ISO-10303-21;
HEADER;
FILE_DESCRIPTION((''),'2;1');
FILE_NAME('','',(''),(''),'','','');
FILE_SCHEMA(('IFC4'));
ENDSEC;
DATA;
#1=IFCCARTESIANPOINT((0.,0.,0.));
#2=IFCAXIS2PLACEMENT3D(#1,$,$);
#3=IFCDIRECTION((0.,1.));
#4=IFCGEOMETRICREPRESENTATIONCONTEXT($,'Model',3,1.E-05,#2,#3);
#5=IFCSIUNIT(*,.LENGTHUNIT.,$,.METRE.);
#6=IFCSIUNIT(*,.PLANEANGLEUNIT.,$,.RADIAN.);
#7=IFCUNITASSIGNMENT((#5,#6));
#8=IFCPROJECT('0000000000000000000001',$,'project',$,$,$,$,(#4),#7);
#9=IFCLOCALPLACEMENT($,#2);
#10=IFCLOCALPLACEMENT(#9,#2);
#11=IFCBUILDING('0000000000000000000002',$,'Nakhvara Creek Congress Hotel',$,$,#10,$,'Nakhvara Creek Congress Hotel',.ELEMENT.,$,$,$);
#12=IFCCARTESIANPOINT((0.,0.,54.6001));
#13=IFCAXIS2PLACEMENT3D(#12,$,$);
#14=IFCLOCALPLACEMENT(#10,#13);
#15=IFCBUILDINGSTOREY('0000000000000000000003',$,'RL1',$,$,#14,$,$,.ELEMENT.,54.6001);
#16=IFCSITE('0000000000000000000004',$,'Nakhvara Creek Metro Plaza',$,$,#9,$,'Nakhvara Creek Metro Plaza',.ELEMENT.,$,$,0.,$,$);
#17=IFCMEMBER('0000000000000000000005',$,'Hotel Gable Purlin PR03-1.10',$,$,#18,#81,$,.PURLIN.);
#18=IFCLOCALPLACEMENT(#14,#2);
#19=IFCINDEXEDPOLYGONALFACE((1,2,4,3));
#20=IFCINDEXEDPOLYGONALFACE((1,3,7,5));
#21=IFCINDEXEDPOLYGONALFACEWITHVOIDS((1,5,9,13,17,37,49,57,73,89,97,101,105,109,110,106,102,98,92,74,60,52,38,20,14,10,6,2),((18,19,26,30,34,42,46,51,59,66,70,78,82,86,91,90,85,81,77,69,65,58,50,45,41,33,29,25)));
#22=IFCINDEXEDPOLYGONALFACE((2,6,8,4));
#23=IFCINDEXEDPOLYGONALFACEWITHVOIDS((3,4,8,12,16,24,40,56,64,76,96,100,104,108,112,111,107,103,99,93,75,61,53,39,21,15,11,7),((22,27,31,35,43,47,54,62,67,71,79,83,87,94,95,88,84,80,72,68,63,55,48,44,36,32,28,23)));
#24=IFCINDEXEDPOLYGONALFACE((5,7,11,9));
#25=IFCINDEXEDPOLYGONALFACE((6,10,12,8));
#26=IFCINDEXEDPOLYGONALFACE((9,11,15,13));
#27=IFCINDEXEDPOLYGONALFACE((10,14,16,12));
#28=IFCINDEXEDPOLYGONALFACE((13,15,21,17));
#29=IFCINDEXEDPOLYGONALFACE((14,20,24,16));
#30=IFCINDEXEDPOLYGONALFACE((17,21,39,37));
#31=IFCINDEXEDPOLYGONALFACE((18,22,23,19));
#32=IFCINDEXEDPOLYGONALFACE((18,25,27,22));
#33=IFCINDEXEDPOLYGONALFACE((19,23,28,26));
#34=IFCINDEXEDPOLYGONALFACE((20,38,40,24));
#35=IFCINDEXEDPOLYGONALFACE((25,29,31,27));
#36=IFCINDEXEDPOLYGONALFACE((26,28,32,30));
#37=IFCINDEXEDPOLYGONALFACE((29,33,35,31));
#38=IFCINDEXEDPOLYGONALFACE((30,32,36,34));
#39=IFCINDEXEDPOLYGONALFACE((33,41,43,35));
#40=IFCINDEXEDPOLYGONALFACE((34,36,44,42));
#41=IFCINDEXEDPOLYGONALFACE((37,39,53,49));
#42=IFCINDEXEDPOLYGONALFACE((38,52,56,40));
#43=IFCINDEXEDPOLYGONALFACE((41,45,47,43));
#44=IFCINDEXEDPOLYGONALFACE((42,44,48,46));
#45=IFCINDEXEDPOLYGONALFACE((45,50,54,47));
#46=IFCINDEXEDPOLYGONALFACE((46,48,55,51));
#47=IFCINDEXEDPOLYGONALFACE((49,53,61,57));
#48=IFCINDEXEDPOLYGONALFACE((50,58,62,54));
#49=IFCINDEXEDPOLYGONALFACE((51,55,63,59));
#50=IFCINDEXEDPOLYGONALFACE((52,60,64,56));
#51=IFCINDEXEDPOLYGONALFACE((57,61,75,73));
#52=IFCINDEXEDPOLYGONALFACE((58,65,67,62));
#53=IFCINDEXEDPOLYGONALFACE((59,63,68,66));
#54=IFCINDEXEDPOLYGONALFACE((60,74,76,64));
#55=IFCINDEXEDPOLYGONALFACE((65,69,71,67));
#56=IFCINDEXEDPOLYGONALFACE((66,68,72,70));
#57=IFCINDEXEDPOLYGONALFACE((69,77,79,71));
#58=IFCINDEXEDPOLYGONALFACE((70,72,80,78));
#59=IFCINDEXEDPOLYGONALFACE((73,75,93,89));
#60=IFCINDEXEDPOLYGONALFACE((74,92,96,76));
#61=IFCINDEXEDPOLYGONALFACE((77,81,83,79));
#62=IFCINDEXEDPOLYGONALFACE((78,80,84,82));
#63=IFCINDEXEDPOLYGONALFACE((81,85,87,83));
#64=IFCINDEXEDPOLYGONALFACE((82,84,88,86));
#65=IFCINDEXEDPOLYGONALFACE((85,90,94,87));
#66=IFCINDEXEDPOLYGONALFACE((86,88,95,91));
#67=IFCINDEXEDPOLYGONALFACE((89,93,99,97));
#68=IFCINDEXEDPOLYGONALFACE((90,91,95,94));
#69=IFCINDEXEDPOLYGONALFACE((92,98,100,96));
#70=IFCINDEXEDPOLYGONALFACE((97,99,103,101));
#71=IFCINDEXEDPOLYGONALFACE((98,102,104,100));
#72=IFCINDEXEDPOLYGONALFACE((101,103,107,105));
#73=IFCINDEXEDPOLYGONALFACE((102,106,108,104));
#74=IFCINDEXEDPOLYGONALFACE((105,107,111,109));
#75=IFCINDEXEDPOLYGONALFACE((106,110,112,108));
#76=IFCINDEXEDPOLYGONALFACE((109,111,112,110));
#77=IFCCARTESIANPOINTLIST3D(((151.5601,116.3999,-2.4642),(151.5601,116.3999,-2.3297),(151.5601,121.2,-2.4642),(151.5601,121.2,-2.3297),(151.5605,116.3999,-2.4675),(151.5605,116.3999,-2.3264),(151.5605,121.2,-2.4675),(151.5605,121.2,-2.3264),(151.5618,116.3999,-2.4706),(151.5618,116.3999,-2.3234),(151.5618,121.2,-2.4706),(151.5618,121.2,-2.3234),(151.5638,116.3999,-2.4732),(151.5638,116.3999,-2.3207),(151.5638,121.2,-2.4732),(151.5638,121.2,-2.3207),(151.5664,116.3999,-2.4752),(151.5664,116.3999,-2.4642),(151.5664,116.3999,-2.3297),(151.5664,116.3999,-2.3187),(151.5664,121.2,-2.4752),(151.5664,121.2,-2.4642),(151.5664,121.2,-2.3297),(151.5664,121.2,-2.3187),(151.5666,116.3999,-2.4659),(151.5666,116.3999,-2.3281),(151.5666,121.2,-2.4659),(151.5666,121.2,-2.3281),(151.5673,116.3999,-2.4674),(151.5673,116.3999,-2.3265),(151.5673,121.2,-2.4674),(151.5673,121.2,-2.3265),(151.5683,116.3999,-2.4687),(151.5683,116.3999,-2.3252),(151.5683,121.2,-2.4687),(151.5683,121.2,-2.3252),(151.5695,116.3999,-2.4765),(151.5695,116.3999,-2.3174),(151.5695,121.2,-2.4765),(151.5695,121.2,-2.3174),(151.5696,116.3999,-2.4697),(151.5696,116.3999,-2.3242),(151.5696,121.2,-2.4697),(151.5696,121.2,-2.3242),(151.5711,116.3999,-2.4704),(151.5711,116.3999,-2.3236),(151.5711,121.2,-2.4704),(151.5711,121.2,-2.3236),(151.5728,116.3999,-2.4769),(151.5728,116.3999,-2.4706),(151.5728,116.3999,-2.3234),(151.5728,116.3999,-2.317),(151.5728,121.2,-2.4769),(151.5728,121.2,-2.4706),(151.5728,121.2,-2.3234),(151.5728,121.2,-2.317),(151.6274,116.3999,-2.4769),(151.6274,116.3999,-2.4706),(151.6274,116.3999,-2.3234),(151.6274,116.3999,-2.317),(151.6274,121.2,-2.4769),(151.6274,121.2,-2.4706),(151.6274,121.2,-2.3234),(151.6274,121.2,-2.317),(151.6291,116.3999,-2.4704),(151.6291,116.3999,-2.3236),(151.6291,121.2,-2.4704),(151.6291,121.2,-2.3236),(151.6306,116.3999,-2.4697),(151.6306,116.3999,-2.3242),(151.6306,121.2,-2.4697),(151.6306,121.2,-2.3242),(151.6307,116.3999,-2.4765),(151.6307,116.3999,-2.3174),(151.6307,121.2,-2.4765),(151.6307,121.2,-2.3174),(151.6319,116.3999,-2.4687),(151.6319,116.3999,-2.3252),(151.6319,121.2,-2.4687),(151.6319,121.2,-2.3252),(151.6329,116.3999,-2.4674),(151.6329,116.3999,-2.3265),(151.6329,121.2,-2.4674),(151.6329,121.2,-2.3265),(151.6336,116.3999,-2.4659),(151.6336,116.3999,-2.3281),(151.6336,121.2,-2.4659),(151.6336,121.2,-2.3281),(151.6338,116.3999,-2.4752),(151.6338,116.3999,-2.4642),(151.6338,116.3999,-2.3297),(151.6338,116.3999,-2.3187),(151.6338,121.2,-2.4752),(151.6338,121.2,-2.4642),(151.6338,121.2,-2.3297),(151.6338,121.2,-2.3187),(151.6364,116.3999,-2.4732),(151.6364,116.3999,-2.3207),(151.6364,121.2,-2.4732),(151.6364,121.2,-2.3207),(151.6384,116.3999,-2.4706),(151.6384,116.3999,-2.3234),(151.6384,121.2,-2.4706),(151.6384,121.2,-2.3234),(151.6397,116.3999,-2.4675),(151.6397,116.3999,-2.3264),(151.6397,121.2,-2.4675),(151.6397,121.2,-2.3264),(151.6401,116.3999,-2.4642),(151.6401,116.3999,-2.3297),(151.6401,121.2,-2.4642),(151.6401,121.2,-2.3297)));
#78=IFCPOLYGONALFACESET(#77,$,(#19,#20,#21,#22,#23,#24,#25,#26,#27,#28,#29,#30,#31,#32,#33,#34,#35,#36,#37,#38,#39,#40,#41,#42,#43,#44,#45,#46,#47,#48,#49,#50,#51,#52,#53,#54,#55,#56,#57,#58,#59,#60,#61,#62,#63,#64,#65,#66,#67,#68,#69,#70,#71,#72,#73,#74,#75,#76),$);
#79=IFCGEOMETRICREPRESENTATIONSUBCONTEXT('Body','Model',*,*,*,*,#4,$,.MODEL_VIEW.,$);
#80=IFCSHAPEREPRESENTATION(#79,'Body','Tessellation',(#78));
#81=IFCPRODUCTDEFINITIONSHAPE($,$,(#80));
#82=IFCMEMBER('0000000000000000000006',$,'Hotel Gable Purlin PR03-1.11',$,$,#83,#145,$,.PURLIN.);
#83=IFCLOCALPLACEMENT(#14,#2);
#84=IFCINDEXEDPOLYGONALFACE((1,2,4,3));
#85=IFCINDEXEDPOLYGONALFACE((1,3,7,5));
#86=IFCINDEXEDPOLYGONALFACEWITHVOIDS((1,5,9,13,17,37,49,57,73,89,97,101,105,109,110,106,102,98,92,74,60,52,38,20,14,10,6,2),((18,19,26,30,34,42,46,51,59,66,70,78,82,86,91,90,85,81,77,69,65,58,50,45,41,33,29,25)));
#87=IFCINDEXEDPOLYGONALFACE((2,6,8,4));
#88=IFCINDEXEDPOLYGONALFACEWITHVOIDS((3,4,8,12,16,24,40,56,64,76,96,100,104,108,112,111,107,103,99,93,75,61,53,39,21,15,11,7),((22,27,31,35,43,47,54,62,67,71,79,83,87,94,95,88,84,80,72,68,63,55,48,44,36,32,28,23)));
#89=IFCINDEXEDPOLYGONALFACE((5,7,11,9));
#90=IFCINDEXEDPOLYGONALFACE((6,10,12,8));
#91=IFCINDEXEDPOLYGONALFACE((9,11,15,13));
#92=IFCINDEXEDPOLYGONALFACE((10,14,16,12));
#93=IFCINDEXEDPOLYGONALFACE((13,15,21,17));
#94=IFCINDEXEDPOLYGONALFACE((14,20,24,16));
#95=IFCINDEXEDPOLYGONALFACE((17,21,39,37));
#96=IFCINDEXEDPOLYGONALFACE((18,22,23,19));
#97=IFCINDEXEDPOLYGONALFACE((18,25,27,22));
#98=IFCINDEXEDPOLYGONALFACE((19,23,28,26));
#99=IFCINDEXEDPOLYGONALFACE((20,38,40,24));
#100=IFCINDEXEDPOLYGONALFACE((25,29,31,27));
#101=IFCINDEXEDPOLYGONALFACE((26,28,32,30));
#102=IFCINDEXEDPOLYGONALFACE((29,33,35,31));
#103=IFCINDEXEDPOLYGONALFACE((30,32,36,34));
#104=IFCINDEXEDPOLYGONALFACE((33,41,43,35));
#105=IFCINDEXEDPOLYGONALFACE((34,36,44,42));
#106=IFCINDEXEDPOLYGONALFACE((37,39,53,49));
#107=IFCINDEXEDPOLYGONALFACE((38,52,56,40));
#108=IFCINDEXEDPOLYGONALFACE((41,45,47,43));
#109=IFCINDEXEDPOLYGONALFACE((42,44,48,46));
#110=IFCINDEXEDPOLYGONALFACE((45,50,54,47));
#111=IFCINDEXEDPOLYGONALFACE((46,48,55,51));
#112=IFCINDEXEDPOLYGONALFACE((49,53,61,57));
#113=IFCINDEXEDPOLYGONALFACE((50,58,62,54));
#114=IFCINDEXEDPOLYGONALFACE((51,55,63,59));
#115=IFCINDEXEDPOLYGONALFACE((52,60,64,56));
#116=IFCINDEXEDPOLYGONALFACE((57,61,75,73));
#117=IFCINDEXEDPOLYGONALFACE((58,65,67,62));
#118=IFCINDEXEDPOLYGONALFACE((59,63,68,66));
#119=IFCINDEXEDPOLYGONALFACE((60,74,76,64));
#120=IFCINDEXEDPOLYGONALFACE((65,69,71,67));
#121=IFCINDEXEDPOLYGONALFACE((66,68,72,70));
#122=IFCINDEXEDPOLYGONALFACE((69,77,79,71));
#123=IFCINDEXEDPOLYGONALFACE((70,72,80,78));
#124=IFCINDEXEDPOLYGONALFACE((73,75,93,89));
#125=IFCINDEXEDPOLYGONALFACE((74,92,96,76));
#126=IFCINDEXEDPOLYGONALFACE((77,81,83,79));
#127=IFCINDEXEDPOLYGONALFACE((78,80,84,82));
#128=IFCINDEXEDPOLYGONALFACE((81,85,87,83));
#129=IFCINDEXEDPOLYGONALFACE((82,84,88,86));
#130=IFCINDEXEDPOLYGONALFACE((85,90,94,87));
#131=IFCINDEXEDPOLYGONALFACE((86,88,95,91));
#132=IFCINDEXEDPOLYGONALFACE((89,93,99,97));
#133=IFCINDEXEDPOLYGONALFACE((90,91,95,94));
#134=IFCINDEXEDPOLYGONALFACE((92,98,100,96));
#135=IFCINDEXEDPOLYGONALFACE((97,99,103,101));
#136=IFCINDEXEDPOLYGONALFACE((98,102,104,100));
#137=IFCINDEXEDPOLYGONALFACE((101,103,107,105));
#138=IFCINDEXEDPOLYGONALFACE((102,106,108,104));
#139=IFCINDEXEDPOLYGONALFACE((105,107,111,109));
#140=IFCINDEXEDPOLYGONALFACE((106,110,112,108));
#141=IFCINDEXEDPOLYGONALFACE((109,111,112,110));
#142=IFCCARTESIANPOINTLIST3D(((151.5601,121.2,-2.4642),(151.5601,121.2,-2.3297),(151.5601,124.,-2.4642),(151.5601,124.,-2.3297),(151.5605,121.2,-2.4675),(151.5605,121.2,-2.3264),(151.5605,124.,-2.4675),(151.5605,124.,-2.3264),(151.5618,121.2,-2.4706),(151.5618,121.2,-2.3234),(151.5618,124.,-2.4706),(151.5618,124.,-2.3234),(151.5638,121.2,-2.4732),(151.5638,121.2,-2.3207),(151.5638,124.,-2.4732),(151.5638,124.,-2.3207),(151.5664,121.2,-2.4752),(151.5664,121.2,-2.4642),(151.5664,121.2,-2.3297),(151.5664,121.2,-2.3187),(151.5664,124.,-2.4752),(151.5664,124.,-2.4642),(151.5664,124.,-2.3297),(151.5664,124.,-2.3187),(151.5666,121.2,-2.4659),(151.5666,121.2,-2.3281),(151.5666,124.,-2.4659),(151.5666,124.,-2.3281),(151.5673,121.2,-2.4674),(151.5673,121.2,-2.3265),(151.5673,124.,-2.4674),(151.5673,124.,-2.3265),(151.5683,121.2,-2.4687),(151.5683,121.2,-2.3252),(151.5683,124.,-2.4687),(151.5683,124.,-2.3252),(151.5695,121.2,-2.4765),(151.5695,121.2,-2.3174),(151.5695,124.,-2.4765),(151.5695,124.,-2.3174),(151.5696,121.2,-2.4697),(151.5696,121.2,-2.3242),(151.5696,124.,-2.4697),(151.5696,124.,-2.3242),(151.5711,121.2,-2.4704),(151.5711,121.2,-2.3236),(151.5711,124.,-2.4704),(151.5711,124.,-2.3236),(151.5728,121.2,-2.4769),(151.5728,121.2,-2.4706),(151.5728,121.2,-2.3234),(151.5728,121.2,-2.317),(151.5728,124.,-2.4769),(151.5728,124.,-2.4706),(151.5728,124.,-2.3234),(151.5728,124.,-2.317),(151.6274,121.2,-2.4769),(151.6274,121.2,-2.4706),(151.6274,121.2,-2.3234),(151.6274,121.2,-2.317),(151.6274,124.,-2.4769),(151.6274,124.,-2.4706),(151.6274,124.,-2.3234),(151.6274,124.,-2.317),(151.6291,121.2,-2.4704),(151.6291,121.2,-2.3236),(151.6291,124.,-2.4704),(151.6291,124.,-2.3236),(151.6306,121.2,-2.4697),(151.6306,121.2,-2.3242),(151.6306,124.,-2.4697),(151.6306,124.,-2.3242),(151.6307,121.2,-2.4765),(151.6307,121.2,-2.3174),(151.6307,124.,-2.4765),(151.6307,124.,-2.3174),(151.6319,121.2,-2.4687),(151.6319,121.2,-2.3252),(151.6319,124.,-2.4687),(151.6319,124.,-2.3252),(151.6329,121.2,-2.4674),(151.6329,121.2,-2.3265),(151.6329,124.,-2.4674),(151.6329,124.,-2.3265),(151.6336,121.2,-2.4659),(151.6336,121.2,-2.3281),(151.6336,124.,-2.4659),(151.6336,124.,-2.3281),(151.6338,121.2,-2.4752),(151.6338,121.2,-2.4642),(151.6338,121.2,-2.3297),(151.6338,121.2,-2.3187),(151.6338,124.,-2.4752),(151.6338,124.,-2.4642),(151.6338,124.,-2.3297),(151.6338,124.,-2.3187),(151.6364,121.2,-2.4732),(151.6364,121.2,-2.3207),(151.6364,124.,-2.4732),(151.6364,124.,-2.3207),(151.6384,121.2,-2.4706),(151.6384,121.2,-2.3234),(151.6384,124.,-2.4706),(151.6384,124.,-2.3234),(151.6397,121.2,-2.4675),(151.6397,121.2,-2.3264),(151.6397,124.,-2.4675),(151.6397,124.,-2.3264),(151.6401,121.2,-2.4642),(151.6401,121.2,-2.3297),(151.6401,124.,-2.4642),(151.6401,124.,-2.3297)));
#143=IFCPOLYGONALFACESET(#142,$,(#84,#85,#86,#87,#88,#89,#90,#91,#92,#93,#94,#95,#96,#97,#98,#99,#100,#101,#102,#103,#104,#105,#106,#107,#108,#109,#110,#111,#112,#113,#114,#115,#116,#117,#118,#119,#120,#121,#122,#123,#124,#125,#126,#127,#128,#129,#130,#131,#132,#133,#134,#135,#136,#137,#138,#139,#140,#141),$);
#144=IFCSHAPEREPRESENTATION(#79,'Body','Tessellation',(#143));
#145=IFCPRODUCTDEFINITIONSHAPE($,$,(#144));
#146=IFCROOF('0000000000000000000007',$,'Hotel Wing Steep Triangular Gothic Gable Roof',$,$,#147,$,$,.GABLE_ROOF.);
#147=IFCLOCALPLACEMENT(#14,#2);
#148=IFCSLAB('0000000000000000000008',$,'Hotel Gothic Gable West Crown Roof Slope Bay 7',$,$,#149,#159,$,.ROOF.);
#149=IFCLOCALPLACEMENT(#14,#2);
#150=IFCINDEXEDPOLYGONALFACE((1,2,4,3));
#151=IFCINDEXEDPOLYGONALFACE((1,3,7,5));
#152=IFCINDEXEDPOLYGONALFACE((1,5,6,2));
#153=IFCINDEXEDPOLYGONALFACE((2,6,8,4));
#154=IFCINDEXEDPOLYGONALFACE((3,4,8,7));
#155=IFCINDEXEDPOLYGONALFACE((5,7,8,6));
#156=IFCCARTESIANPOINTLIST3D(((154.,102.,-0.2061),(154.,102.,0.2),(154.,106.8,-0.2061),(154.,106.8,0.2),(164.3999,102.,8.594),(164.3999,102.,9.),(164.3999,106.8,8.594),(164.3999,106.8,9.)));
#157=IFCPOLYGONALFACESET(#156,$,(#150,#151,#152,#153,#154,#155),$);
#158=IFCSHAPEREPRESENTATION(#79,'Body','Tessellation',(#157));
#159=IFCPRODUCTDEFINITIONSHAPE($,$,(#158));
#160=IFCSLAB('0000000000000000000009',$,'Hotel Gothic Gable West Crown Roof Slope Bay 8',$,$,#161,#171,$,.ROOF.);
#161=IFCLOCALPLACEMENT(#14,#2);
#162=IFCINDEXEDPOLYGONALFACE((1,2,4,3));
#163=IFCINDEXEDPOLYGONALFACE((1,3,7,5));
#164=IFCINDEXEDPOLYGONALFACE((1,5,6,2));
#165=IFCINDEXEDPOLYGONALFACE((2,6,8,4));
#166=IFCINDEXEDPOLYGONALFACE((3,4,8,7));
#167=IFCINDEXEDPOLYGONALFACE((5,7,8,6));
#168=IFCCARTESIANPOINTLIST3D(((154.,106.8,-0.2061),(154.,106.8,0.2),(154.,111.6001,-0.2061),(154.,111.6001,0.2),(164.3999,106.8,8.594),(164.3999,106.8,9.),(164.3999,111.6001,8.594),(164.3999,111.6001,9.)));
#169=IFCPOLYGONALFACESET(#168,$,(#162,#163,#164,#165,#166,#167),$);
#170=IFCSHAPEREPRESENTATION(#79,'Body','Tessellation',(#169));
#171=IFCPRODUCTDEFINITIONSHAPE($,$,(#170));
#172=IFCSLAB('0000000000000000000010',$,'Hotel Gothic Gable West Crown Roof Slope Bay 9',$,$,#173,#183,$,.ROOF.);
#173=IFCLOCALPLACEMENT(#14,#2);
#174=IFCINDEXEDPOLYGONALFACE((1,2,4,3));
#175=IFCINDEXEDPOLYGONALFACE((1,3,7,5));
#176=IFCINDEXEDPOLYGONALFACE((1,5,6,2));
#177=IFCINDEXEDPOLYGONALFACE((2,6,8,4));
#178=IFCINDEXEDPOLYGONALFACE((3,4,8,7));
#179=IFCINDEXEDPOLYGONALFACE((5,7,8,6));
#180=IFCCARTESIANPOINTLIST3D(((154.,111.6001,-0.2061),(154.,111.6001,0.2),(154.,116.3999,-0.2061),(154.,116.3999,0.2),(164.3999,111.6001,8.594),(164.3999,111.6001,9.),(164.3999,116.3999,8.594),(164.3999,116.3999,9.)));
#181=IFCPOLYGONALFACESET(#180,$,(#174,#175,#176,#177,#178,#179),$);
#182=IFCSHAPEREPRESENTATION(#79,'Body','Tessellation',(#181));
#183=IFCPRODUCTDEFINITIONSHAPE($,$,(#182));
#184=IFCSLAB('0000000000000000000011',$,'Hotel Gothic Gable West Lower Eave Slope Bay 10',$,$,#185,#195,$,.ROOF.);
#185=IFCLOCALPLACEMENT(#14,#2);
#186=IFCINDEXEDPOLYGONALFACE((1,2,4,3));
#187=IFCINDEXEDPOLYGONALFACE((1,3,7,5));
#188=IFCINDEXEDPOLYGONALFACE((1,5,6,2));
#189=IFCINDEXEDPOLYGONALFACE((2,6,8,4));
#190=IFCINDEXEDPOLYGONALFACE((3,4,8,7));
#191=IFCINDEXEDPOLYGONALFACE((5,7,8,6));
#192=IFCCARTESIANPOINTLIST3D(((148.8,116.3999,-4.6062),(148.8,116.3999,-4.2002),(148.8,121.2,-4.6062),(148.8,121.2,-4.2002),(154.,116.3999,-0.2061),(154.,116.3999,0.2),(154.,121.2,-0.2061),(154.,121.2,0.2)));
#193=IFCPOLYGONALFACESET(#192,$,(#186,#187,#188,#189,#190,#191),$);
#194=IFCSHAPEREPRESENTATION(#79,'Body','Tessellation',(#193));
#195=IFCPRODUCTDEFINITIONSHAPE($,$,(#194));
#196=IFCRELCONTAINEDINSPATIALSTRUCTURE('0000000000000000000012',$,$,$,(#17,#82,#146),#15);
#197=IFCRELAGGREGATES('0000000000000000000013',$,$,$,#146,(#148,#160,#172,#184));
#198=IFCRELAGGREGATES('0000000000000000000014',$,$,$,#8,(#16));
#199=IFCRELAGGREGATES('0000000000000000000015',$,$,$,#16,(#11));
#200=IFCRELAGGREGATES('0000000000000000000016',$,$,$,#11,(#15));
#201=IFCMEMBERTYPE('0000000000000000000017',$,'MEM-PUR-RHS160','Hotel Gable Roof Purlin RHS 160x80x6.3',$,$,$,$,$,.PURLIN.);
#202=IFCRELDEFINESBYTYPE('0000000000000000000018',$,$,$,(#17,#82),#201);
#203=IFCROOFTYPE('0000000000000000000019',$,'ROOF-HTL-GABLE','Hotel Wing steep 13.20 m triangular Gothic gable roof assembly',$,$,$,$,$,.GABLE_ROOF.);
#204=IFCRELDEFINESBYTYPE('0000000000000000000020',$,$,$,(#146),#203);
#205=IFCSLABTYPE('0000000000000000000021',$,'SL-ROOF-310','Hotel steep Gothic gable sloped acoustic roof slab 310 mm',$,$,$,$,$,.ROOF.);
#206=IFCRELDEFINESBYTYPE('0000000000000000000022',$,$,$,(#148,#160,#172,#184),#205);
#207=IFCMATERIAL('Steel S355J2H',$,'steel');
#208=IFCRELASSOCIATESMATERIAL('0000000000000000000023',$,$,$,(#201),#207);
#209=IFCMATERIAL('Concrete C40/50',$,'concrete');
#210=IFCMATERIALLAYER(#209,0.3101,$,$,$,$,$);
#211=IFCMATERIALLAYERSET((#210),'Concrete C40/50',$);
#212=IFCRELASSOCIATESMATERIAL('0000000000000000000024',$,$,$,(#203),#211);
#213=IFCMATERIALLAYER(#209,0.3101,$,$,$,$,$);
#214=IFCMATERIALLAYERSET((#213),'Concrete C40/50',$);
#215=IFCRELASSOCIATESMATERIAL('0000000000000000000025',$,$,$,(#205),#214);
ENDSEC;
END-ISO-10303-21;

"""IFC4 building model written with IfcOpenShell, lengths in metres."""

from ifc_helpers import new_model, si_unit, direction, frame, origin, origin_2d, place, context, subcontext, project, spatial, polyline, hollow_rectangle, outline, extrude, material, layer, layer_set, material_profile, profile_set, type_object, element, aggregate, save


model = new_model("IFC4")

# Units and contexts
model_context = context("Model", 3, precision=1e-05, world=origin(), true_north=direction((0.0, 1.0)))
body_context = subcontext(model_context, "Body", "Model", "MODEL_VIEW")
ifc_project = project(units=[si_unit("LENGTHUNIT", "METRE"), si_unit("PLANEANGLEUNIT", "RADIAN")], contexts=[model_context])

# Site, building, storey
site_placement = place(None, origin())
site = spatial("IfcSite", under=ifc_project, at=site_placement, Name="Nakhvara Creek Metro Plaza", LongName="Nakhvara Creek Metro Plaza", CompositionType="ELEMENT", RefElevation=0.0)
building_placement = place(site_placement, origin())
building = spatial("IfcBuilding", under=site, at=building_placement, Name="Nakhvara Creek Congress Hotel", LongName="Nakhvara Creek Congress Hotel", CompositionType="ELEMENT")
storey_placement = place(building_placement, frame((0.0, 0.0, 54.6001)))
storey = spatial("IfcBuildingStorey", under=building, at=storey_placement, Name="RL1", CompositionType="ELEMENT", Elevation=54.6001)

# Members
ifc_material_1 = material(Name="Steel S355J2H", Category="steel")
ifc_material_profile_1 = material_profile(ifc_material_1, hollow_rectangle(XDim=0.0801, YDim=0.1599, WallThickness=0.0063, InnerFilletRadius=0.0063, OuterFilletRadius=0.0127, at=origin_2d()), Name="RHS 160x80x6.3", Category="LoadBearing")
ifc_profile_set_1 = profile_set([ifc_material_profile_1], Name="Steel S355J2H")
member_type = type_object("IfcMemberType", Name="MEM-PUR-RHS160", Description="Hotel Gable Roof Purlin RHS 160x80x6.3", PredefinedType="PURLIN", material=ifc_profile_set_1)
member_1_placement = place(storey_placement, frame((151.6001, 116.3999, -2.397), z_axis=(0.0, 1.0, 0.0), x_axis=(-1.0, 0.0, 0.0)))
element("IfcMember", 1, at=member_1_placement, inside=storey, type_object=member_type, Name="Hotel Gable Purlin PR03-1.10", PredefinedType="PURLIN", context=body_context, shape_type="SweptSolid", body=[
    extrude(hollow_rectangle(XDim=0.0801, YDim=0.1599, WallThickness=0.0063, InnerFilletRadius=0.0063, OuterFilletRadius=0.0127, at=origin_2d()), origin(), (0.0, 0.0, 1.0), 4.8),
])
member_2_placement = place(storey_placement, frame((151.6001, 121.2, -2.397), z_axis=(0.0, 1.0, 0.0), x_axis=(-1.0, 0.0, 0.0)))
element("IfcMember", 2, at=member_2_placement, inside=storey, type_object=member_type, Name="Hotel Gable Purlin PR03-1.11", PredefinedType="PURLIN", context=body_context, shape_type="SweptSolid", body=[
    extrude(hollow_rectangle(XDim=0.0801, YDim=0.1599, WallThickness=0.0063, InnerFilletRadius=0.0063, OuterFilletRadius=0.0127, at=origin_2d()), origin(), (0.0, 0.0, 1.0), 2.8),
])

# Roof, slabs
ifc_material_2 = material(Name="Concrete C40/50", Category="concrete")
ifc_layer_1 = layer(ifc_material_2, 0.3101)
ifc_layer_set_1 = layer_set([ifc_layer_1], Name="Concrete C40/50")
roof_type = type_object("IfcRoofType", Name="ROOF-HTL-GABLE", Description="Hotel Wing steep 13.20 m triangular Gothic gable roof assembly", PredefinedType="GABLE_ROOF", material=ifc_layer_set_1)
roof_placement = place(storey_placement, origin())
roof = element("IfcRoof", 3, at=roof_placement, inside=storey, type_object=roof_type, Name="Hotel Wing Steep Triangular Gothic Gable Roof", PredefinedType="GABLE_ROOF")
ifc_layer_2 = layer(ifc_material_2, 0.3101)
ifc_layer_set_2 = layer_set([ifc_layer_2], Name="Concrete C40/50")
slab_type = type_object("IfcSlabType", Name="SL-ROOF-310", Description="Hotel steep Gothic gable sloped acoustic roof slab 310 mm", PredefinedType="ROOF", material=ifc_layer_set_2)
slab_1_placement = place(storey_placement, frame((154.0, 102.0, 0.2), z_axis=(0.0, 0.0, 1.0), x_axis=(1.0, 0.0, 0.0)))
slab_1 = element("IfcSlab", 4, at=slab_1_placement, type_object=slab_type, Name="Hotel Gothic Gable West Crown Roof Slope Bay 7", PredefinedType="ROOF", context=body_context, shape_type="SweptSolid", body=[
    extrude(outline(polyline([(0.0, 0.0), (10.3999, 8.8), (10.3999, 8.394), (0.0, -0.406), (0.0, 0.0)])), frame((0.0, 4.8, 0.0), z_axis=(0.0, -1.0, 0.0), x_axis=(1.0, 0.0, 0.0)), (0.0, 0.0, 1.0), 4.8),
])
slab_2_placement = place(storey_placement, frame((154.0, 106.8, 0.2), z_axis=(0.0, 0.0, 1.0), x_axis=(1.0, 0.0, 0.0)))
slab_2 = element("IfcSlab", 5, at=slab_2_placement, type_object=slab_type, Name="Hotel Gothic Gable West Crown Roof Slope Bay 8", PredefinedType="ROOF", context=body_context, shape_type="SweptSolid", body=[
    extrude(outline(polyline([(0.0, 0.0), (10.3999, 8.8), (10.3999, 8.394), (0.0, -0.406), (0.0, 0.0)])), frame((0.0, 4.8, 0.0), z_axis=(0.0, -1.0, 0.0), x_axis=(1.0, 0.0, 0.0)), (0.0, 0.0, 1.0), 4.8),
])
slab_3_placement = place(storey_placement, frame((154.0, 111.6001, 0.2), z_axis=(0.0, 0.0, 1.0), x_axis=(1.0, 0.0, 0.0)))
slab_3 = element("IfcSlab", 6, at=slab_3_placement, type_object=slab_type, Name="Hotel Gothic Gable West Crown Roof Slope Bay 9", PredefinedType="ROOF", context=body_context, shape_type="SweptSolid", body=[
    extrude(outline(polyline([(0.0, 0.0), (10.3999, 8.8), (10.3999, 8.394), (0.0, -0.406), (0.0, 0.0)])), frame((0.0, 4.7998, 0.0), z_axis=(0.0, -1.0, 0.0), x_axis=(1.0, 0.0, 0.0)), (0.0, 0.0, 1.0), 4.7998),
])
slab_4_placement = place(storey_placement, frame((148.8, 116.3999, -4.2002), z_axis=(0.0, 0.0, 1.0), x_axis=(1.0, 0.0, 0.0)))
slab_4 = element("IfcSlab", 7, at=slab_4_placement, type_object=slab_type, Name="Hotel Gothic Gable West Lower Eave Slope Bay 10", PredefinedType="ROOF", context=body_context, shape_type="SweptSolid", body=[
    extrude(outline(polyline([(0.0, 0.0), (5.2, 4.4001), (5.2, 3.9941), (0.0, -0.406), (0.0, 0.0)])), frame((0.0, 4.8, 0.0), z_axis=(0.0, -1.0, 0.0), x_axis=(1.0, 0.0, 0.0)), (0.0, 0.0, 1.0), 4.8),
])
aggregate(roof, [slab_1, slab_2, slab_3, slab_4])

save(model, "model.ifc")
